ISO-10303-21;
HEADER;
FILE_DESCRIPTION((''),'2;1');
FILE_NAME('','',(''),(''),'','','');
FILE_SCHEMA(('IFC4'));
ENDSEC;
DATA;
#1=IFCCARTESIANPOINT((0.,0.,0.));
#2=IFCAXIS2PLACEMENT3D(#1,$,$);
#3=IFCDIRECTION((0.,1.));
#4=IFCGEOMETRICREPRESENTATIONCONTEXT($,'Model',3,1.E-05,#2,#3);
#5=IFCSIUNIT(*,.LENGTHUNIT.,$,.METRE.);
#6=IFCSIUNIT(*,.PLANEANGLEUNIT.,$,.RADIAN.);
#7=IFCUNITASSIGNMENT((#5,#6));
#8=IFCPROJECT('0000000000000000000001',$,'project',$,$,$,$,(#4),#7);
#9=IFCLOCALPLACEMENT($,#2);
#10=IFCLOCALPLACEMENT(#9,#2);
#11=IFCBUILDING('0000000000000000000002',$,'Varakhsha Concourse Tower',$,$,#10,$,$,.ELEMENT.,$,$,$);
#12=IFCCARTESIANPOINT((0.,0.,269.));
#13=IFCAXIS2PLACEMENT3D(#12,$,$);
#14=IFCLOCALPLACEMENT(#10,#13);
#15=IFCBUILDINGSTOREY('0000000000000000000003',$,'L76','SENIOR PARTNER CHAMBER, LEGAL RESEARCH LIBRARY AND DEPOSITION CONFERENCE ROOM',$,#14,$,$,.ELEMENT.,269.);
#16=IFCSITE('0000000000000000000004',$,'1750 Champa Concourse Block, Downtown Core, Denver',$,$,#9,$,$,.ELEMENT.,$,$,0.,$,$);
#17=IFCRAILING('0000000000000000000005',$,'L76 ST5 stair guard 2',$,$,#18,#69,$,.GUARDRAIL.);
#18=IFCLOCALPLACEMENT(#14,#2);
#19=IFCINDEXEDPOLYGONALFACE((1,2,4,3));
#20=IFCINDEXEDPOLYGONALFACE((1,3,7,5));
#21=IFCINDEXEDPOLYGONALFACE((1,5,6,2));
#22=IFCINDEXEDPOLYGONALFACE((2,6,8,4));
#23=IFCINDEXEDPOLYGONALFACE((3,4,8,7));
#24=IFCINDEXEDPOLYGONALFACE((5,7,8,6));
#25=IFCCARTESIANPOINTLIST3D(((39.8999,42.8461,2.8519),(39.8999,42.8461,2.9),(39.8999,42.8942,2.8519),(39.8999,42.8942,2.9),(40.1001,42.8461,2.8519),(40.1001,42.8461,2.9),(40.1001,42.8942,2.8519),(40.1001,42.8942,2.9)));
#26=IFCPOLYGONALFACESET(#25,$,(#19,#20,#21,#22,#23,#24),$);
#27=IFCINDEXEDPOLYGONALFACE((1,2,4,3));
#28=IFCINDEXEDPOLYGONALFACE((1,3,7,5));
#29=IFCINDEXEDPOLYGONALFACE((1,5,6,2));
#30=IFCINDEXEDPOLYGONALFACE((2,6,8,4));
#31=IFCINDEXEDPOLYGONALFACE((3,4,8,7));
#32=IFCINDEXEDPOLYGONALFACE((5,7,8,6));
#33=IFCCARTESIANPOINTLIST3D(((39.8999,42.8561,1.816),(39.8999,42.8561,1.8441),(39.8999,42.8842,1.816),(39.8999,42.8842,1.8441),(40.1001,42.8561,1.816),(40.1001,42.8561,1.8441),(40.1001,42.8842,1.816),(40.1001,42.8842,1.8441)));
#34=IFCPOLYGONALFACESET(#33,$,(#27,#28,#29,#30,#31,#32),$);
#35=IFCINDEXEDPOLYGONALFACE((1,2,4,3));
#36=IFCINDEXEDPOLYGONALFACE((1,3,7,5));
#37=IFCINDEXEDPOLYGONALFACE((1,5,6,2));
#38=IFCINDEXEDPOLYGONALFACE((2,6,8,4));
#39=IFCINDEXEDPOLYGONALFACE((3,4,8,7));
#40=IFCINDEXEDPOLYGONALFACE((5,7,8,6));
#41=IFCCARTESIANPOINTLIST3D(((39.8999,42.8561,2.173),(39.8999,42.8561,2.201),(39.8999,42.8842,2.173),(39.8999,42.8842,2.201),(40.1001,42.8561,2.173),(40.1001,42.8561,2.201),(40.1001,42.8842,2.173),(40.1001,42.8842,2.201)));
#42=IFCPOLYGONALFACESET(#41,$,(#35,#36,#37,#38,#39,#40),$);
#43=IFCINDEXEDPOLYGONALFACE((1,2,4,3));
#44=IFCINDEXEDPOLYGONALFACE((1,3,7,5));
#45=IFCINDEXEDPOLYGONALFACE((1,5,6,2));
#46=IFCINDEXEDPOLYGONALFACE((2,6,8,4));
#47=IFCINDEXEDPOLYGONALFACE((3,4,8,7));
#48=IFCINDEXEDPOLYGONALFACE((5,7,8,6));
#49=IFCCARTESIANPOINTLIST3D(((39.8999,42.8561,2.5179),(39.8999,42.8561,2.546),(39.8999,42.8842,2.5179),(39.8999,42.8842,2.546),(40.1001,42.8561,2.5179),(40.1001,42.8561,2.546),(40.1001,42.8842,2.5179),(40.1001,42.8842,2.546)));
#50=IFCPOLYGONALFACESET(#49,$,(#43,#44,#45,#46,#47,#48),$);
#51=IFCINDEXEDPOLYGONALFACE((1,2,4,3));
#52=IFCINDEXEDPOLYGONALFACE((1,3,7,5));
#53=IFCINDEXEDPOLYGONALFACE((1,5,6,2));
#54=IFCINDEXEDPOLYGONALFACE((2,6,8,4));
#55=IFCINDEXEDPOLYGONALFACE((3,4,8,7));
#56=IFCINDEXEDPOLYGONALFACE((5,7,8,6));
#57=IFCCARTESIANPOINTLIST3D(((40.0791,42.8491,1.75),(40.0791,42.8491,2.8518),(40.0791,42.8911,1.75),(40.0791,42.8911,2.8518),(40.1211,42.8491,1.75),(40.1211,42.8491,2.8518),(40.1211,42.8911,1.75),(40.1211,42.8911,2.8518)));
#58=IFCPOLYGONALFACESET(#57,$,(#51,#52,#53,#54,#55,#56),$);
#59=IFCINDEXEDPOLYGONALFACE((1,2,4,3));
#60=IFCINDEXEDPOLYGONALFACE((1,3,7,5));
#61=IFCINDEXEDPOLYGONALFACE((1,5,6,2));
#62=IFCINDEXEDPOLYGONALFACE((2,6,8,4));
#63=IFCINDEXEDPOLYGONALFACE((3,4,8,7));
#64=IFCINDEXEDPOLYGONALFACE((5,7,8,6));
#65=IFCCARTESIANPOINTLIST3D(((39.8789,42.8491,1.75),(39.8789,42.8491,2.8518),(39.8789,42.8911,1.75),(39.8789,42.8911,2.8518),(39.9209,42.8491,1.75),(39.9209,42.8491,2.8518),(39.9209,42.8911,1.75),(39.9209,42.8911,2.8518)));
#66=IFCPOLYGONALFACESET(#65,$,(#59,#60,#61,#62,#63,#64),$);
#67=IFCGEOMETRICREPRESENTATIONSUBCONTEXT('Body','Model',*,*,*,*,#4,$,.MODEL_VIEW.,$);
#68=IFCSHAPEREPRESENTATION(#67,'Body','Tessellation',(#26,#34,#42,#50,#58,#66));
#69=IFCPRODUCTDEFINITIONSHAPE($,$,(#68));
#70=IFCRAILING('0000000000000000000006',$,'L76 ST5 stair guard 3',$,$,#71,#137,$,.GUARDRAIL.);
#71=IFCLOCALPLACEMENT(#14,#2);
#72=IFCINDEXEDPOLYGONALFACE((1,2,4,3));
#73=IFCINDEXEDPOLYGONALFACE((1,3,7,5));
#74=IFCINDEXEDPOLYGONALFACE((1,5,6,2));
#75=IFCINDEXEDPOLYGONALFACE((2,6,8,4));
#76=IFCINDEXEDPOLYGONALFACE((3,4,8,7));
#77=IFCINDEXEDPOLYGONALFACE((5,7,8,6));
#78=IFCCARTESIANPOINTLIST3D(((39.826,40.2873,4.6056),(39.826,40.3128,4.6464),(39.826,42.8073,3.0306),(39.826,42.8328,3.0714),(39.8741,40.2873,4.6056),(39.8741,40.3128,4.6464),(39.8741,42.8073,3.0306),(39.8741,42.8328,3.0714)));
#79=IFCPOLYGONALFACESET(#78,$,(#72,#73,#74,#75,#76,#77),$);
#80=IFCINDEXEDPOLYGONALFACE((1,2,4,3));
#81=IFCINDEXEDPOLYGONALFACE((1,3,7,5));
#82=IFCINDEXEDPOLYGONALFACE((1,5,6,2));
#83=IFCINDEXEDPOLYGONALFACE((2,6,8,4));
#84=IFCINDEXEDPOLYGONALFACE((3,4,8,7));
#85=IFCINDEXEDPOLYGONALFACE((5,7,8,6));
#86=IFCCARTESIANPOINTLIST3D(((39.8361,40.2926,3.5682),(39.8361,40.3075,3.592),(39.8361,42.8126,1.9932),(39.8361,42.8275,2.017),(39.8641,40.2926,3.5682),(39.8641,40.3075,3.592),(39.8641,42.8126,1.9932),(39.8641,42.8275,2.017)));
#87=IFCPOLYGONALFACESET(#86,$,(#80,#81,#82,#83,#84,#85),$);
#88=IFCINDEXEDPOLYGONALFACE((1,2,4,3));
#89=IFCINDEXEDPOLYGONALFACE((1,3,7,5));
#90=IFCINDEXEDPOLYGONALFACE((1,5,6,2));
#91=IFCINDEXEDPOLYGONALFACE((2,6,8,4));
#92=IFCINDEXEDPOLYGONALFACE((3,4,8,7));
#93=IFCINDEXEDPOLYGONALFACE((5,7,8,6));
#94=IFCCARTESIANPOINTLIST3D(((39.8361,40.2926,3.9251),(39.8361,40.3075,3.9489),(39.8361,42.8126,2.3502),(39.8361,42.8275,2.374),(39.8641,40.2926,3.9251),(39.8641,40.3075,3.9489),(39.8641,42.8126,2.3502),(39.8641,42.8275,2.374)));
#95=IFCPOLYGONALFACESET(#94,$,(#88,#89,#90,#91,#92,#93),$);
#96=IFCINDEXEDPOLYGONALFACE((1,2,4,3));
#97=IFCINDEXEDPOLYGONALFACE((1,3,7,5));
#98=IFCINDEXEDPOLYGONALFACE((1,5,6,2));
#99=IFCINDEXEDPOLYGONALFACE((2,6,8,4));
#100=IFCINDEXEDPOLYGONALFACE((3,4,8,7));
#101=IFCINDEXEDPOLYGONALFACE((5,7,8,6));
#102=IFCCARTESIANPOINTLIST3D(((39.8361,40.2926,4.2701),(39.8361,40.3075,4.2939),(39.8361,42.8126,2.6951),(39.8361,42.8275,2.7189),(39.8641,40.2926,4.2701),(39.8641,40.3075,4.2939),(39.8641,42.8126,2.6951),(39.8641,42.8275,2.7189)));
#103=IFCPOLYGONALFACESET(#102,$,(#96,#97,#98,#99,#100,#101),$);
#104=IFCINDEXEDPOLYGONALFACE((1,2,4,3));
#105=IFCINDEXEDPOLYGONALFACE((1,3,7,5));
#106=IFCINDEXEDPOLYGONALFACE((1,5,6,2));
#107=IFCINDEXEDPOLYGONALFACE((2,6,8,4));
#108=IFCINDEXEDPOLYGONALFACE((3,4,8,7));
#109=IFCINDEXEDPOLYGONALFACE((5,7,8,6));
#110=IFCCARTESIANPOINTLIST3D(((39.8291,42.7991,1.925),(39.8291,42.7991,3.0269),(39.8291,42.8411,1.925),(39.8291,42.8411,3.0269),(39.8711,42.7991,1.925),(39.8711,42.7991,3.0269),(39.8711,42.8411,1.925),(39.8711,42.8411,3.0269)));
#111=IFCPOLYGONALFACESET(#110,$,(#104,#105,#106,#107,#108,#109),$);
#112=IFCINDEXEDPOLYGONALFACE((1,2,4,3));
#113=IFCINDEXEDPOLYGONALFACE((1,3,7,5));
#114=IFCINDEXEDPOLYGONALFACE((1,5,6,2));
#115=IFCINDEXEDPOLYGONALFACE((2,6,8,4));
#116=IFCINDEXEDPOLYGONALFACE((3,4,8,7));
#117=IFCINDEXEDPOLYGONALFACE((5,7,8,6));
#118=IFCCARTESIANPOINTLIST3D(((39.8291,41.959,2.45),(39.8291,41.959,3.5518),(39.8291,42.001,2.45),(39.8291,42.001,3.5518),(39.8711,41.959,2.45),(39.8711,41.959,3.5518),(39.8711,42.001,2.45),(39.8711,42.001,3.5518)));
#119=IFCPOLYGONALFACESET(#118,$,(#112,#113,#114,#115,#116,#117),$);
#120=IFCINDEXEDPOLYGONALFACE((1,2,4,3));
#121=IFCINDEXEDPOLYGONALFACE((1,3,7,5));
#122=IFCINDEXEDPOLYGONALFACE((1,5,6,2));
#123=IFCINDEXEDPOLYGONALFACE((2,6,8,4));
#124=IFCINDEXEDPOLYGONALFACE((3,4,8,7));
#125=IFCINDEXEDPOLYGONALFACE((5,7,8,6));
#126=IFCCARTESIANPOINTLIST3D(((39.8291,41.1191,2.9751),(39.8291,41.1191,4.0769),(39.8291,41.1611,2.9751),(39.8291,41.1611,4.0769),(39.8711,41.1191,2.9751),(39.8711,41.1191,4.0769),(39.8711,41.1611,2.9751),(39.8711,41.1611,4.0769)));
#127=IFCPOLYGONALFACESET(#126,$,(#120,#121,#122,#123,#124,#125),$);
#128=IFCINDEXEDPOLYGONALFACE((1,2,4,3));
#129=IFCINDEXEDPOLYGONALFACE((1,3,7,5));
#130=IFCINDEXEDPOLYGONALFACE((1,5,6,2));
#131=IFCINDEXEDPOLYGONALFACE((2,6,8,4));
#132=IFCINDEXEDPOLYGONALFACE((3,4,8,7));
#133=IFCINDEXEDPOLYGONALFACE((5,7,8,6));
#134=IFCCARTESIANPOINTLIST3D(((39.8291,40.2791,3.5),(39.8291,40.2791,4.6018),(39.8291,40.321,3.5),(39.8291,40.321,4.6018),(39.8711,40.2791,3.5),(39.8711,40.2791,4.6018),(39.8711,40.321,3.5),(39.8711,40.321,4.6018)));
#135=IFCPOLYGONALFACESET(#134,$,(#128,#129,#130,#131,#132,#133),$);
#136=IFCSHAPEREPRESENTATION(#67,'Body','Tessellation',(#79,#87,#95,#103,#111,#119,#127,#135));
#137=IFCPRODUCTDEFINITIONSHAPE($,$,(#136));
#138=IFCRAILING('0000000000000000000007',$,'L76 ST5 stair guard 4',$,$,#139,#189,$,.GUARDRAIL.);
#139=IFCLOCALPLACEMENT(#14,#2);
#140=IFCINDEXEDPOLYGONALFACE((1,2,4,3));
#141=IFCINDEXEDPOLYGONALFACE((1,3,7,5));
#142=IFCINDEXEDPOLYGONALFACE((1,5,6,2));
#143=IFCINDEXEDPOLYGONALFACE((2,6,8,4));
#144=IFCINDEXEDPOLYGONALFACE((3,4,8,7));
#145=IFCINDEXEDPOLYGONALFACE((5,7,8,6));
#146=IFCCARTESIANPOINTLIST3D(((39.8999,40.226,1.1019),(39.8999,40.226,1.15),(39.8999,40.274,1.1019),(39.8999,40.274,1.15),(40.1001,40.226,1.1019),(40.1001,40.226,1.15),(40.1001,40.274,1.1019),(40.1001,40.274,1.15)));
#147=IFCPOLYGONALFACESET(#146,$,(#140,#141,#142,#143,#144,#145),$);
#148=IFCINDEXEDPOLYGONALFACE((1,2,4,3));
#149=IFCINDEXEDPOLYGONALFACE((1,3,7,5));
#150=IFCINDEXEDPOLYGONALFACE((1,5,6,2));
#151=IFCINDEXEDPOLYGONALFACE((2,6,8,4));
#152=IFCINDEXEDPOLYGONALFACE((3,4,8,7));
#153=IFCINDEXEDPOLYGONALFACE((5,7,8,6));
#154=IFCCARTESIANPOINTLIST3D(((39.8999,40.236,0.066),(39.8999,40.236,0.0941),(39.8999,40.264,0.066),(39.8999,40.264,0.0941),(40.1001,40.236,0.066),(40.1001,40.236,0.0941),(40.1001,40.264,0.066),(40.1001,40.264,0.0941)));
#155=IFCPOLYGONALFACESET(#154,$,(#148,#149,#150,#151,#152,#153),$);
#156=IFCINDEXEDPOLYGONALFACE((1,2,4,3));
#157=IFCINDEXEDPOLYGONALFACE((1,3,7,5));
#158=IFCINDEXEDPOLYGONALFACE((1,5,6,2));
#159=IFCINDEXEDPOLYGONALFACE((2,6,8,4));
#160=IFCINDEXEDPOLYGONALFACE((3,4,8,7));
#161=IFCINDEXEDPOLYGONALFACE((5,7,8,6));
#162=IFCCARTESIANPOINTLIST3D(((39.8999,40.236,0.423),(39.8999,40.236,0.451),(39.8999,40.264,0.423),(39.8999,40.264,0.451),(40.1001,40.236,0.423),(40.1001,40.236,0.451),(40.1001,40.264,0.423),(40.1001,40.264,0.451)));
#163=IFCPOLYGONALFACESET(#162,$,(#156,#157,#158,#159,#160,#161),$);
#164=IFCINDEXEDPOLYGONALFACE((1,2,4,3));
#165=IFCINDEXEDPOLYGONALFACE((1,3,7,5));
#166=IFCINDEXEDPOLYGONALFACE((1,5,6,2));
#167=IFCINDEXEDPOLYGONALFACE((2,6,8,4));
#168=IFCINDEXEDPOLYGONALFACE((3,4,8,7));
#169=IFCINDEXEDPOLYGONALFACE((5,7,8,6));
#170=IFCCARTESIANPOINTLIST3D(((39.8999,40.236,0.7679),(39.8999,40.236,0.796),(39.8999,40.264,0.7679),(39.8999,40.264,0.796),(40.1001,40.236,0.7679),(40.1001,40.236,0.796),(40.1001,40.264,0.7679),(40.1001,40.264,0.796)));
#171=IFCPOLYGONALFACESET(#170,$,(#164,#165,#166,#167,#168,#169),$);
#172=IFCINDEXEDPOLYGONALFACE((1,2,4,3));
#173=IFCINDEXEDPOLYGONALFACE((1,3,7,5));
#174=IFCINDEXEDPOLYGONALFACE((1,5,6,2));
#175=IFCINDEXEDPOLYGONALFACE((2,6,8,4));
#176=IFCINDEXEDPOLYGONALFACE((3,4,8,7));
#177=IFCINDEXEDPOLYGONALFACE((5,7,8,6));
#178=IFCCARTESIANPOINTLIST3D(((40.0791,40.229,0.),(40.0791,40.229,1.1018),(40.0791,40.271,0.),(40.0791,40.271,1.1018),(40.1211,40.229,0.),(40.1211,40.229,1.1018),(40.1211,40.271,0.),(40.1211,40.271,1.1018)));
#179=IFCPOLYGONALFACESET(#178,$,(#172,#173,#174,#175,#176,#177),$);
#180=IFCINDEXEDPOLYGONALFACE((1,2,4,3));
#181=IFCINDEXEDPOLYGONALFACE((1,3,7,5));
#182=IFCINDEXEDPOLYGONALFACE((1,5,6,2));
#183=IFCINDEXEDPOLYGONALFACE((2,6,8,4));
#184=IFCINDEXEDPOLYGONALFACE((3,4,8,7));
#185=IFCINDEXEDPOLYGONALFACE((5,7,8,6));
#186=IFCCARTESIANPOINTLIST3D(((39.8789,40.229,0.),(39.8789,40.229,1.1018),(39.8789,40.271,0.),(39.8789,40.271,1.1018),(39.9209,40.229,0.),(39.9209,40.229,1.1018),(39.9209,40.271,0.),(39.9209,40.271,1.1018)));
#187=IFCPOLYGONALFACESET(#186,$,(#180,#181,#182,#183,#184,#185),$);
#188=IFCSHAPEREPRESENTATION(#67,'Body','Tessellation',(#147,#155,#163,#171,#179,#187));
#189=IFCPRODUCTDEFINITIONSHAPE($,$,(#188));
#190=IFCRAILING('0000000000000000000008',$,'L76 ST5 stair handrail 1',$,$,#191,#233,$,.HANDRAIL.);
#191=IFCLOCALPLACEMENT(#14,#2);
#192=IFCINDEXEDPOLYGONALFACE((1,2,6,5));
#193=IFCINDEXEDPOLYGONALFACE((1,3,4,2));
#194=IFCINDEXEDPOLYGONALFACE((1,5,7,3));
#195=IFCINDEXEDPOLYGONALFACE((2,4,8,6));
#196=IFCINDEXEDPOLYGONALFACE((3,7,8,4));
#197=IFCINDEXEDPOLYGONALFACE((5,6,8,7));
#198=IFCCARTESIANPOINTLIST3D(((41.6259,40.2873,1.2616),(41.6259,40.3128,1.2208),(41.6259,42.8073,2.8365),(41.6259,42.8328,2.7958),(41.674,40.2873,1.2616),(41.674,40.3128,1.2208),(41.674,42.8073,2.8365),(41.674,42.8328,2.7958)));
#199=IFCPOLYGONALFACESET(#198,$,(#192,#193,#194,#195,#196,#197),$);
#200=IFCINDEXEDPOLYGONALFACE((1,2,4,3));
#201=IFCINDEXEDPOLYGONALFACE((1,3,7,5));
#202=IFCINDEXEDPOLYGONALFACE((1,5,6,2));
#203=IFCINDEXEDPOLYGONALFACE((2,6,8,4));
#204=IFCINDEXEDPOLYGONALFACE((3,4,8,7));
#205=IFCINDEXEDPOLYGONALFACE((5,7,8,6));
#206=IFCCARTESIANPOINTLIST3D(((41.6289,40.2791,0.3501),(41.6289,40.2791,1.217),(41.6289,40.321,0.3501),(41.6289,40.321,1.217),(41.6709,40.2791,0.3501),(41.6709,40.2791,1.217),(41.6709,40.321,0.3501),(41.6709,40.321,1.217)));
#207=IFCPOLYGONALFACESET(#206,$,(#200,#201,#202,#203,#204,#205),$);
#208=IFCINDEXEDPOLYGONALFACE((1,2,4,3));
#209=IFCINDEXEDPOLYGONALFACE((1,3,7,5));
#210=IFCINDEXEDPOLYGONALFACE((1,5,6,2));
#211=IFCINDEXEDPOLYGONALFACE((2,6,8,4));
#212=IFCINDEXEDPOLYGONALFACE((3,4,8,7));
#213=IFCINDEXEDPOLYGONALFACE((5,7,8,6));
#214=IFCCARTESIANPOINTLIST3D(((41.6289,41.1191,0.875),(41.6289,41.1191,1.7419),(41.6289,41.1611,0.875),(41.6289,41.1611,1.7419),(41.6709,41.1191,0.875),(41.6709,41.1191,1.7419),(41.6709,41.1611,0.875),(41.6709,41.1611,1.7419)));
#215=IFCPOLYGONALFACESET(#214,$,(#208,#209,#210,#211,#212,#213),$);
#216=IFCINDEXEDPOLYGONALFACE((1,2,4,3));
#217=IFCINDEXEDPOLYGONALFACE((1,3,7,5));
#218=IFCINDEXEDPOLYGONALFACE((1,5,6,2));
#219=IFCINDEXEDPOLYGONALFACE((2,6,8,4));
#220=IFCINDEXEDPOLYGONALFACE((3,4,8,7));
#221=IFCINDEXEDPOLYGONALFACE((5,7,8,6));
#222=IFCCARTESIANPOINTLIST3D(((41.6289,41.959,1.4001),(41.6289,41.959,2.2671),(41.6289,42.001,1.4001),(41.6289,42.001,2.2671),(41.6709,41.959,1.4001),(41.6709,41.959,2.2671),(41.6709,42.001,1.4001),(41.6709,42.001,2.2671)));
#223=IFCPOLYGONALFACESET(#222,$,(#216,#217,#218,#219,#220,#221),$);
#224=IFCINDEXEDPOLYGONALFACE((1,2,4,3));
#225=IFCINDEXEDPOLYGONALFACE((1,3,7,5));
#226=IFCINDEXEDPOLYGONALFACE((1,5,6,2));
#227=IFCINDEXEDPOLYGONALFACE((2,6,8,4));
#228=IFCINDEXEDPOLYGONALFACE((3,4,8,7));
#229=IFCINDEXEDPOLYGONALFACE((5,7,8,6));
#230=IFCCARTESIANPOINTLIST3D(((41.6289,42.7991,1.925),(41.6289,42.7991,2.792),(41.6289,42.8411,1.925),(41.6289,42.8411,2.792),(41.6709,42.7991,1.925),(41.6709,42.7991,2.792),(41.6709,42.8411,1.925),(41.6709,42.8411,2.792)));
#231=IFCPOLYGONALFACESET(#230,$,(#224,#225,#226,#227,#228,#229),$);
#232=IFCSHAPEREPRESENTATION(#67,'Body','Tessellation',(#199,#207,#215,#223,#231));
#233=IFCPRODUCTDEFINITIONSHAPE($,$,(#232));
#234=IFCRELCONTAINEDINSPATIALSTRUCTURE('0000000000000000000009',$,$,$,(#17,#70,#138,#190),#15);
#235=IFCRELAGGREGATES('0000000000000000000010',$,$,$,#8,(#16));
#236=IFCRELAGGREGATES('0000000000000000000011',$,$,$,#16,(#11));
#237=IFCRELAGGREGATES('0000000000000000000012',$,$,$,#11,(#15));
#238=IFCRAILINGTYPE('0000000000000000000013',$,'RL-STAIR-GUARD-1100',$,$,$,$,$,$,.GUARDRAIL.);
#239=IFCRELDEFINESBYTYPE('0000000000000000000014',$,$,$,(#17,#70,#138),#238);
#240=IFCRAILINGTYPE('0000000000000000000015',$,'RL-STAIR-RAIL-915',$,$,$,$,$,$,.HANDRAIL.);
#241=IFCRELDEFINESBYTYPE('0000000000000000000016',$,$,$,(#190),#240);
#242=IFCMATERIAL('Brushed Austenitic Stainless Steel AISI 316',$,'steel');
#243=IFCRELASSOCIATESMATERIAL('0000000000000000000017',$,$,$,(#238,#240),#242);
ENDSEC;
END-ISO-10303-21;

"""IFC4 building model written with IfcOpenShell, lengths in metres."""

from ifc_helpers import new_model, si_unit, direction, frame, origin, origin_2d, place, context, subcontext, project, spatial, rectangle, extrude, material, type_object, element, save


model = new_model("IFC4")

# Units and contexts
model_context = context("Model", 3, precision=1e-05, world=origin(), true_north=direction((0.0, 1.0)))
body_context = subcontext(model_context, "Body", "Model", "MODEL_VIEW")
ifc_project = project(units=[si_unit("LENGTHUNIT", "METRE"), si_unit("PLANEANGLEUNIT", "RADIAN")], contexts=[model_context])

# Site, building, storey
site_placement = place(None, origin())
site = spatial("IfcSite", under=ifc_project, at=site_placement, Name="1750 Champa Concourse Block, Downtown Core, Denver", CompositionType="ELEMENT", RefElevation=0.0)
building_placement = place(site_placement, origin())
building = spatial("IfcBuilding", under=site, at=building_placement, Name="Varakhsha Concourse Tower", CompositionType="ELEMENT")
storey_placement = place(building_placement, frame((0.0, 0.0, 269.0)))
storey = spatial("IfcBuildingStorey", under=building, at=storey_placement, Name="L76", Description="SENIOR PARTNER CHAMBER, LEGAL RESEARCH LIBRARY AND DEPOSITION CONFERENCE ROOM", CompositionType="ELEMENT", Elevation=269.0)

# Railings
ifc_material_1 = material(Name="Brushed Austenitic Stainless Steel AISI 316", Category="steel")
railing_type_1 = type_object("IfcRailingType", Name="RL-STAIR-GUARD-1100", PredefinedType="GUARDRAIL", material=ifc_material_1)
railing_1_placement = place(storey_placement, frame((40.1001, 42.8701, 1.75)))
element("IfcRailing", 1, at=railing_1_placement, inside=storey, type_object=railing_type_1, Name="L76 ST5 stair guard 2", PredefinedType="GUARDRAIL", context=body_context, shape_type="SweptSolid", body=[
    extrude(rectangle(XDim=0.0481, YDim=0.0481, at=origin_2d()), frame((0.0, 0.0, 1.126), z_axis=(-1.0, 0.0, 0.0), x_axis=(0.0, -1.0, 0.0)), (0.0, 0.0, 1.0), 0.2002),
    extrude(rectangle(XDim=0.0281, YDim=0.0281, at=origin_2d()), frame((0.0, 0.0, 0.0801), z_axis=(-1.0, 0.0, 0.0), x_axis=(0.0, -1.0, 0.0)), (0.0, 0.0, 1.0), 0.2002),
    extrude(rectangle(XDim=0.0281, YDim=0.0281, at=origin_2d()), frame((0.0, 0.0, 0.437), z_axis=(-1.0, 0.0, 0.0), x_axis=(0.0, -1.0, 0.0)), (0.0, 0.0, 1.0), 0.2002),
    extrude(rectangle(XDim=0.0281, YDim=0.0281, at=origin_2d()), frame((0.0, 0.0, 0.782), z_axis=(-1.0, 0.0, 0.0), x_axis=(0.0, -1.0, 0.0)), (0.0, 0.0, 1.0), 0.2002),
    extrude(rectangle(XDim=0.042, YDim=0.042, at=origin_2d()), origin(), (0.0, 0.0, 1.0), 1.1018),
    extrude(rectangle(XDim=0.042, YDim=0.042, at=origin_2d()), frame((-0.2002, 0.0, 0.0)), (0.0, 0.0, 1.0), 1.1018),
])
railing_2_placement = place(storey_placement, frame((39.8501, 42.8201, 1.925)))
element("IfcRailing", 2, at=railing_2_placement, inside=storey, type_object=railing_type_1, Name="L76 ST5 stair guard 3", PredefinedType="GUARDRAIL", context=body_context, shape_type="SweptSolid", body=[
    extrude(rectangle(XDim=0.0481, YDim=0.0481, at=origin_2d()), frame((0.0, 0.0, 1.126), z_axis=(0.0, -0.848008, 0.529984), x_axis=(1.0, 0.0, 0.0)), (0.0, 0.0, 1.0), 2.9717),
    extrude(rectangle(XDim=0.0281, YDim=0.0281, at=origin_2d()), frame((0.0, 0.0, 0.0801), z_axis=(0.0, -0.848008, 0.529984), x_axis=(1.0, 0.0, 0.0)), (0.0, 0.0, 1.0), 2.9717),
    extrude(rectangle(XDim=0.0281, YDim=0.0281, at=origin_2d()), frame((0.0, 0.0, 0.437), z_axis=(0.0, -0.848008, 0.529984), x_axis=(1.0, 0.0, 0.0)), (0.0, 0.0, 1.0), 2.9717),
    extrude(rectangle(XDim=0.0281, YDim=0.0281, at=origin_2d()), frame((0.0, 0.0, 0.782), z_axis=(0.0, -0.848008, 0.529984), x_axis=(1.0, 0.0, 0.0)), (0.0, 0.0, 1.0), 2.9717),
    extrude(rectangle(XDim=0.042, YDim=0.042, at=origin_2d()), origin(), (0.0, 0.0, 1.0), 1.1018),
    extrude(rectangle(XDim=0.042, YDim=0.042, at=origin_2d()), frame((0.0, -0.8401, 0.5249)), (0.0, 0.0, 1.0), 1.1018),
    extrude(rectangle(XDim=0.042, YDim=0.042, at=origin_2d()), frame((0.0, -1.6799, 1.05)), (0.0, 0.0, 1.0), 1.1018),
    extrude(rectangle(XDim=0.042, YDim=0.042, at=origin_2d()), frame((0.0, -2.52, 1.575)), (0.0, 0.0, 1.0), 1.1018),
])
railing_3_placement = place(storey_placement, frame((40.1001, 40.25, 0.0)))
element("IfcRailing", 3, at=railing_3_placement, inside=storey, type_object=railing_type_1, Name="L76 ST5 stair guard 4", PredefinedType="GUARDRAIL", context=body_context, shape_type="SweptSolid", body=[
    extrude(rectangle(XDim=0.0481, YDim=0.0481, at=origin_2d()), frame((0.0, 0.0, 1.126), z_axis=(-1.0, 0.0, 0.0), x_axis=(0.0, -1.0, 0.0)), (0.0, 0.0, 1.0), 0.2002),
    extrude(rectangle(XDim=0.0281, YDim=0.0281, at=origin_2d()), frame((0.0, 0.0, 0.0801), z_axis=(-1.0, 0.0, 0.0), x_axis=(0.0, -1.0, 0.0)), (0.0, 0.0, 1.0), 0.2002),
    extrude(rectangle(XDim=0.0281, YDim=0.0281, at=origin_2d()), frame((0.0, 0.0, 0.437), z_axis=(-1.0, 0.0, 0.0), x_axis=(0.0, -1.0, 0.0)), (0.0, 0.0, 1.0), 0.2002),
    extrude(rectangle(XDim=0.0281, YDim=0.0281, at=origin_2d()), frame((0.0, 0.0, 0.782), z_axis=(-1.0, 0.0, 0.0), x_axis=(0.0, -1.0, 0.0)), (0.0, 0.0, 1.0), 0.2002),
    extrude(rectangle(XDim=0.042, YDim=0.042, at=origin_2d()), origin(), (0.0, 0.0, 1.0), 1.1018),
    extrude(rectangle(XDim=0.042, YDim=0.042, at=origin_2d()), frame((-0.2002, 0.0, 0.0)), (0.0, 0.0, 1.0), 1.1018),
])
railing_type_2 = type_object("IfcRailingType", Name="RL-STAIR-RAIL-915", PredefinedType="HANDRAIL", material=ifc_material_1)
railing_4_placement = place(storey_placement, frame((41.6499, 40.3, 0.3501)))
element("IfcRailing", 4, at=railing_4_placement, inside=storey, type_object=railing_type_2, Name="L76 ST5 stair handrail 1", PredefinedType="HANDRAIL", context=body_context, shape_type="SweptSolid", body=[
    extrude(rectangle(XDim=0.0481, YDim=0.0481, at=origin_2d()), frame((0.0, 0.0, 0.8911), z_axis=(0.0, 0.848008, 0.529984), x_axis=(-1.0, 0.0, 0.0)), (0.0, 0.0, 1.0), 2.9717),
    extrude(rectangle(XDim=0.042, YDim=0.042, at=origin_2d()), origin(), (0.0, 0.0, 1.0), 0.8669),
    extrude(rectangle(XDim=0.042, YDim=0.042, at=origin_2d()), frame((0.0, 0.8401, 0.5249)), (0.0, 0.0, 1.0), 0.8669),
    extrude(rectangle(XDim=0.042, YDim=0.042, at=origin_2d()), frame((0.0, 1.6799, 1.05)), (0.0, 0.0, 1.0), 0.8669),
    extrude(rectangle(XDim=0.042, YDim=0.042, at=origin_2d()), frame((0.0, 2.52, 1.575)), (0.0, 0.0, 1.0), 0.8669),
])

save(model, "model.ifc")
